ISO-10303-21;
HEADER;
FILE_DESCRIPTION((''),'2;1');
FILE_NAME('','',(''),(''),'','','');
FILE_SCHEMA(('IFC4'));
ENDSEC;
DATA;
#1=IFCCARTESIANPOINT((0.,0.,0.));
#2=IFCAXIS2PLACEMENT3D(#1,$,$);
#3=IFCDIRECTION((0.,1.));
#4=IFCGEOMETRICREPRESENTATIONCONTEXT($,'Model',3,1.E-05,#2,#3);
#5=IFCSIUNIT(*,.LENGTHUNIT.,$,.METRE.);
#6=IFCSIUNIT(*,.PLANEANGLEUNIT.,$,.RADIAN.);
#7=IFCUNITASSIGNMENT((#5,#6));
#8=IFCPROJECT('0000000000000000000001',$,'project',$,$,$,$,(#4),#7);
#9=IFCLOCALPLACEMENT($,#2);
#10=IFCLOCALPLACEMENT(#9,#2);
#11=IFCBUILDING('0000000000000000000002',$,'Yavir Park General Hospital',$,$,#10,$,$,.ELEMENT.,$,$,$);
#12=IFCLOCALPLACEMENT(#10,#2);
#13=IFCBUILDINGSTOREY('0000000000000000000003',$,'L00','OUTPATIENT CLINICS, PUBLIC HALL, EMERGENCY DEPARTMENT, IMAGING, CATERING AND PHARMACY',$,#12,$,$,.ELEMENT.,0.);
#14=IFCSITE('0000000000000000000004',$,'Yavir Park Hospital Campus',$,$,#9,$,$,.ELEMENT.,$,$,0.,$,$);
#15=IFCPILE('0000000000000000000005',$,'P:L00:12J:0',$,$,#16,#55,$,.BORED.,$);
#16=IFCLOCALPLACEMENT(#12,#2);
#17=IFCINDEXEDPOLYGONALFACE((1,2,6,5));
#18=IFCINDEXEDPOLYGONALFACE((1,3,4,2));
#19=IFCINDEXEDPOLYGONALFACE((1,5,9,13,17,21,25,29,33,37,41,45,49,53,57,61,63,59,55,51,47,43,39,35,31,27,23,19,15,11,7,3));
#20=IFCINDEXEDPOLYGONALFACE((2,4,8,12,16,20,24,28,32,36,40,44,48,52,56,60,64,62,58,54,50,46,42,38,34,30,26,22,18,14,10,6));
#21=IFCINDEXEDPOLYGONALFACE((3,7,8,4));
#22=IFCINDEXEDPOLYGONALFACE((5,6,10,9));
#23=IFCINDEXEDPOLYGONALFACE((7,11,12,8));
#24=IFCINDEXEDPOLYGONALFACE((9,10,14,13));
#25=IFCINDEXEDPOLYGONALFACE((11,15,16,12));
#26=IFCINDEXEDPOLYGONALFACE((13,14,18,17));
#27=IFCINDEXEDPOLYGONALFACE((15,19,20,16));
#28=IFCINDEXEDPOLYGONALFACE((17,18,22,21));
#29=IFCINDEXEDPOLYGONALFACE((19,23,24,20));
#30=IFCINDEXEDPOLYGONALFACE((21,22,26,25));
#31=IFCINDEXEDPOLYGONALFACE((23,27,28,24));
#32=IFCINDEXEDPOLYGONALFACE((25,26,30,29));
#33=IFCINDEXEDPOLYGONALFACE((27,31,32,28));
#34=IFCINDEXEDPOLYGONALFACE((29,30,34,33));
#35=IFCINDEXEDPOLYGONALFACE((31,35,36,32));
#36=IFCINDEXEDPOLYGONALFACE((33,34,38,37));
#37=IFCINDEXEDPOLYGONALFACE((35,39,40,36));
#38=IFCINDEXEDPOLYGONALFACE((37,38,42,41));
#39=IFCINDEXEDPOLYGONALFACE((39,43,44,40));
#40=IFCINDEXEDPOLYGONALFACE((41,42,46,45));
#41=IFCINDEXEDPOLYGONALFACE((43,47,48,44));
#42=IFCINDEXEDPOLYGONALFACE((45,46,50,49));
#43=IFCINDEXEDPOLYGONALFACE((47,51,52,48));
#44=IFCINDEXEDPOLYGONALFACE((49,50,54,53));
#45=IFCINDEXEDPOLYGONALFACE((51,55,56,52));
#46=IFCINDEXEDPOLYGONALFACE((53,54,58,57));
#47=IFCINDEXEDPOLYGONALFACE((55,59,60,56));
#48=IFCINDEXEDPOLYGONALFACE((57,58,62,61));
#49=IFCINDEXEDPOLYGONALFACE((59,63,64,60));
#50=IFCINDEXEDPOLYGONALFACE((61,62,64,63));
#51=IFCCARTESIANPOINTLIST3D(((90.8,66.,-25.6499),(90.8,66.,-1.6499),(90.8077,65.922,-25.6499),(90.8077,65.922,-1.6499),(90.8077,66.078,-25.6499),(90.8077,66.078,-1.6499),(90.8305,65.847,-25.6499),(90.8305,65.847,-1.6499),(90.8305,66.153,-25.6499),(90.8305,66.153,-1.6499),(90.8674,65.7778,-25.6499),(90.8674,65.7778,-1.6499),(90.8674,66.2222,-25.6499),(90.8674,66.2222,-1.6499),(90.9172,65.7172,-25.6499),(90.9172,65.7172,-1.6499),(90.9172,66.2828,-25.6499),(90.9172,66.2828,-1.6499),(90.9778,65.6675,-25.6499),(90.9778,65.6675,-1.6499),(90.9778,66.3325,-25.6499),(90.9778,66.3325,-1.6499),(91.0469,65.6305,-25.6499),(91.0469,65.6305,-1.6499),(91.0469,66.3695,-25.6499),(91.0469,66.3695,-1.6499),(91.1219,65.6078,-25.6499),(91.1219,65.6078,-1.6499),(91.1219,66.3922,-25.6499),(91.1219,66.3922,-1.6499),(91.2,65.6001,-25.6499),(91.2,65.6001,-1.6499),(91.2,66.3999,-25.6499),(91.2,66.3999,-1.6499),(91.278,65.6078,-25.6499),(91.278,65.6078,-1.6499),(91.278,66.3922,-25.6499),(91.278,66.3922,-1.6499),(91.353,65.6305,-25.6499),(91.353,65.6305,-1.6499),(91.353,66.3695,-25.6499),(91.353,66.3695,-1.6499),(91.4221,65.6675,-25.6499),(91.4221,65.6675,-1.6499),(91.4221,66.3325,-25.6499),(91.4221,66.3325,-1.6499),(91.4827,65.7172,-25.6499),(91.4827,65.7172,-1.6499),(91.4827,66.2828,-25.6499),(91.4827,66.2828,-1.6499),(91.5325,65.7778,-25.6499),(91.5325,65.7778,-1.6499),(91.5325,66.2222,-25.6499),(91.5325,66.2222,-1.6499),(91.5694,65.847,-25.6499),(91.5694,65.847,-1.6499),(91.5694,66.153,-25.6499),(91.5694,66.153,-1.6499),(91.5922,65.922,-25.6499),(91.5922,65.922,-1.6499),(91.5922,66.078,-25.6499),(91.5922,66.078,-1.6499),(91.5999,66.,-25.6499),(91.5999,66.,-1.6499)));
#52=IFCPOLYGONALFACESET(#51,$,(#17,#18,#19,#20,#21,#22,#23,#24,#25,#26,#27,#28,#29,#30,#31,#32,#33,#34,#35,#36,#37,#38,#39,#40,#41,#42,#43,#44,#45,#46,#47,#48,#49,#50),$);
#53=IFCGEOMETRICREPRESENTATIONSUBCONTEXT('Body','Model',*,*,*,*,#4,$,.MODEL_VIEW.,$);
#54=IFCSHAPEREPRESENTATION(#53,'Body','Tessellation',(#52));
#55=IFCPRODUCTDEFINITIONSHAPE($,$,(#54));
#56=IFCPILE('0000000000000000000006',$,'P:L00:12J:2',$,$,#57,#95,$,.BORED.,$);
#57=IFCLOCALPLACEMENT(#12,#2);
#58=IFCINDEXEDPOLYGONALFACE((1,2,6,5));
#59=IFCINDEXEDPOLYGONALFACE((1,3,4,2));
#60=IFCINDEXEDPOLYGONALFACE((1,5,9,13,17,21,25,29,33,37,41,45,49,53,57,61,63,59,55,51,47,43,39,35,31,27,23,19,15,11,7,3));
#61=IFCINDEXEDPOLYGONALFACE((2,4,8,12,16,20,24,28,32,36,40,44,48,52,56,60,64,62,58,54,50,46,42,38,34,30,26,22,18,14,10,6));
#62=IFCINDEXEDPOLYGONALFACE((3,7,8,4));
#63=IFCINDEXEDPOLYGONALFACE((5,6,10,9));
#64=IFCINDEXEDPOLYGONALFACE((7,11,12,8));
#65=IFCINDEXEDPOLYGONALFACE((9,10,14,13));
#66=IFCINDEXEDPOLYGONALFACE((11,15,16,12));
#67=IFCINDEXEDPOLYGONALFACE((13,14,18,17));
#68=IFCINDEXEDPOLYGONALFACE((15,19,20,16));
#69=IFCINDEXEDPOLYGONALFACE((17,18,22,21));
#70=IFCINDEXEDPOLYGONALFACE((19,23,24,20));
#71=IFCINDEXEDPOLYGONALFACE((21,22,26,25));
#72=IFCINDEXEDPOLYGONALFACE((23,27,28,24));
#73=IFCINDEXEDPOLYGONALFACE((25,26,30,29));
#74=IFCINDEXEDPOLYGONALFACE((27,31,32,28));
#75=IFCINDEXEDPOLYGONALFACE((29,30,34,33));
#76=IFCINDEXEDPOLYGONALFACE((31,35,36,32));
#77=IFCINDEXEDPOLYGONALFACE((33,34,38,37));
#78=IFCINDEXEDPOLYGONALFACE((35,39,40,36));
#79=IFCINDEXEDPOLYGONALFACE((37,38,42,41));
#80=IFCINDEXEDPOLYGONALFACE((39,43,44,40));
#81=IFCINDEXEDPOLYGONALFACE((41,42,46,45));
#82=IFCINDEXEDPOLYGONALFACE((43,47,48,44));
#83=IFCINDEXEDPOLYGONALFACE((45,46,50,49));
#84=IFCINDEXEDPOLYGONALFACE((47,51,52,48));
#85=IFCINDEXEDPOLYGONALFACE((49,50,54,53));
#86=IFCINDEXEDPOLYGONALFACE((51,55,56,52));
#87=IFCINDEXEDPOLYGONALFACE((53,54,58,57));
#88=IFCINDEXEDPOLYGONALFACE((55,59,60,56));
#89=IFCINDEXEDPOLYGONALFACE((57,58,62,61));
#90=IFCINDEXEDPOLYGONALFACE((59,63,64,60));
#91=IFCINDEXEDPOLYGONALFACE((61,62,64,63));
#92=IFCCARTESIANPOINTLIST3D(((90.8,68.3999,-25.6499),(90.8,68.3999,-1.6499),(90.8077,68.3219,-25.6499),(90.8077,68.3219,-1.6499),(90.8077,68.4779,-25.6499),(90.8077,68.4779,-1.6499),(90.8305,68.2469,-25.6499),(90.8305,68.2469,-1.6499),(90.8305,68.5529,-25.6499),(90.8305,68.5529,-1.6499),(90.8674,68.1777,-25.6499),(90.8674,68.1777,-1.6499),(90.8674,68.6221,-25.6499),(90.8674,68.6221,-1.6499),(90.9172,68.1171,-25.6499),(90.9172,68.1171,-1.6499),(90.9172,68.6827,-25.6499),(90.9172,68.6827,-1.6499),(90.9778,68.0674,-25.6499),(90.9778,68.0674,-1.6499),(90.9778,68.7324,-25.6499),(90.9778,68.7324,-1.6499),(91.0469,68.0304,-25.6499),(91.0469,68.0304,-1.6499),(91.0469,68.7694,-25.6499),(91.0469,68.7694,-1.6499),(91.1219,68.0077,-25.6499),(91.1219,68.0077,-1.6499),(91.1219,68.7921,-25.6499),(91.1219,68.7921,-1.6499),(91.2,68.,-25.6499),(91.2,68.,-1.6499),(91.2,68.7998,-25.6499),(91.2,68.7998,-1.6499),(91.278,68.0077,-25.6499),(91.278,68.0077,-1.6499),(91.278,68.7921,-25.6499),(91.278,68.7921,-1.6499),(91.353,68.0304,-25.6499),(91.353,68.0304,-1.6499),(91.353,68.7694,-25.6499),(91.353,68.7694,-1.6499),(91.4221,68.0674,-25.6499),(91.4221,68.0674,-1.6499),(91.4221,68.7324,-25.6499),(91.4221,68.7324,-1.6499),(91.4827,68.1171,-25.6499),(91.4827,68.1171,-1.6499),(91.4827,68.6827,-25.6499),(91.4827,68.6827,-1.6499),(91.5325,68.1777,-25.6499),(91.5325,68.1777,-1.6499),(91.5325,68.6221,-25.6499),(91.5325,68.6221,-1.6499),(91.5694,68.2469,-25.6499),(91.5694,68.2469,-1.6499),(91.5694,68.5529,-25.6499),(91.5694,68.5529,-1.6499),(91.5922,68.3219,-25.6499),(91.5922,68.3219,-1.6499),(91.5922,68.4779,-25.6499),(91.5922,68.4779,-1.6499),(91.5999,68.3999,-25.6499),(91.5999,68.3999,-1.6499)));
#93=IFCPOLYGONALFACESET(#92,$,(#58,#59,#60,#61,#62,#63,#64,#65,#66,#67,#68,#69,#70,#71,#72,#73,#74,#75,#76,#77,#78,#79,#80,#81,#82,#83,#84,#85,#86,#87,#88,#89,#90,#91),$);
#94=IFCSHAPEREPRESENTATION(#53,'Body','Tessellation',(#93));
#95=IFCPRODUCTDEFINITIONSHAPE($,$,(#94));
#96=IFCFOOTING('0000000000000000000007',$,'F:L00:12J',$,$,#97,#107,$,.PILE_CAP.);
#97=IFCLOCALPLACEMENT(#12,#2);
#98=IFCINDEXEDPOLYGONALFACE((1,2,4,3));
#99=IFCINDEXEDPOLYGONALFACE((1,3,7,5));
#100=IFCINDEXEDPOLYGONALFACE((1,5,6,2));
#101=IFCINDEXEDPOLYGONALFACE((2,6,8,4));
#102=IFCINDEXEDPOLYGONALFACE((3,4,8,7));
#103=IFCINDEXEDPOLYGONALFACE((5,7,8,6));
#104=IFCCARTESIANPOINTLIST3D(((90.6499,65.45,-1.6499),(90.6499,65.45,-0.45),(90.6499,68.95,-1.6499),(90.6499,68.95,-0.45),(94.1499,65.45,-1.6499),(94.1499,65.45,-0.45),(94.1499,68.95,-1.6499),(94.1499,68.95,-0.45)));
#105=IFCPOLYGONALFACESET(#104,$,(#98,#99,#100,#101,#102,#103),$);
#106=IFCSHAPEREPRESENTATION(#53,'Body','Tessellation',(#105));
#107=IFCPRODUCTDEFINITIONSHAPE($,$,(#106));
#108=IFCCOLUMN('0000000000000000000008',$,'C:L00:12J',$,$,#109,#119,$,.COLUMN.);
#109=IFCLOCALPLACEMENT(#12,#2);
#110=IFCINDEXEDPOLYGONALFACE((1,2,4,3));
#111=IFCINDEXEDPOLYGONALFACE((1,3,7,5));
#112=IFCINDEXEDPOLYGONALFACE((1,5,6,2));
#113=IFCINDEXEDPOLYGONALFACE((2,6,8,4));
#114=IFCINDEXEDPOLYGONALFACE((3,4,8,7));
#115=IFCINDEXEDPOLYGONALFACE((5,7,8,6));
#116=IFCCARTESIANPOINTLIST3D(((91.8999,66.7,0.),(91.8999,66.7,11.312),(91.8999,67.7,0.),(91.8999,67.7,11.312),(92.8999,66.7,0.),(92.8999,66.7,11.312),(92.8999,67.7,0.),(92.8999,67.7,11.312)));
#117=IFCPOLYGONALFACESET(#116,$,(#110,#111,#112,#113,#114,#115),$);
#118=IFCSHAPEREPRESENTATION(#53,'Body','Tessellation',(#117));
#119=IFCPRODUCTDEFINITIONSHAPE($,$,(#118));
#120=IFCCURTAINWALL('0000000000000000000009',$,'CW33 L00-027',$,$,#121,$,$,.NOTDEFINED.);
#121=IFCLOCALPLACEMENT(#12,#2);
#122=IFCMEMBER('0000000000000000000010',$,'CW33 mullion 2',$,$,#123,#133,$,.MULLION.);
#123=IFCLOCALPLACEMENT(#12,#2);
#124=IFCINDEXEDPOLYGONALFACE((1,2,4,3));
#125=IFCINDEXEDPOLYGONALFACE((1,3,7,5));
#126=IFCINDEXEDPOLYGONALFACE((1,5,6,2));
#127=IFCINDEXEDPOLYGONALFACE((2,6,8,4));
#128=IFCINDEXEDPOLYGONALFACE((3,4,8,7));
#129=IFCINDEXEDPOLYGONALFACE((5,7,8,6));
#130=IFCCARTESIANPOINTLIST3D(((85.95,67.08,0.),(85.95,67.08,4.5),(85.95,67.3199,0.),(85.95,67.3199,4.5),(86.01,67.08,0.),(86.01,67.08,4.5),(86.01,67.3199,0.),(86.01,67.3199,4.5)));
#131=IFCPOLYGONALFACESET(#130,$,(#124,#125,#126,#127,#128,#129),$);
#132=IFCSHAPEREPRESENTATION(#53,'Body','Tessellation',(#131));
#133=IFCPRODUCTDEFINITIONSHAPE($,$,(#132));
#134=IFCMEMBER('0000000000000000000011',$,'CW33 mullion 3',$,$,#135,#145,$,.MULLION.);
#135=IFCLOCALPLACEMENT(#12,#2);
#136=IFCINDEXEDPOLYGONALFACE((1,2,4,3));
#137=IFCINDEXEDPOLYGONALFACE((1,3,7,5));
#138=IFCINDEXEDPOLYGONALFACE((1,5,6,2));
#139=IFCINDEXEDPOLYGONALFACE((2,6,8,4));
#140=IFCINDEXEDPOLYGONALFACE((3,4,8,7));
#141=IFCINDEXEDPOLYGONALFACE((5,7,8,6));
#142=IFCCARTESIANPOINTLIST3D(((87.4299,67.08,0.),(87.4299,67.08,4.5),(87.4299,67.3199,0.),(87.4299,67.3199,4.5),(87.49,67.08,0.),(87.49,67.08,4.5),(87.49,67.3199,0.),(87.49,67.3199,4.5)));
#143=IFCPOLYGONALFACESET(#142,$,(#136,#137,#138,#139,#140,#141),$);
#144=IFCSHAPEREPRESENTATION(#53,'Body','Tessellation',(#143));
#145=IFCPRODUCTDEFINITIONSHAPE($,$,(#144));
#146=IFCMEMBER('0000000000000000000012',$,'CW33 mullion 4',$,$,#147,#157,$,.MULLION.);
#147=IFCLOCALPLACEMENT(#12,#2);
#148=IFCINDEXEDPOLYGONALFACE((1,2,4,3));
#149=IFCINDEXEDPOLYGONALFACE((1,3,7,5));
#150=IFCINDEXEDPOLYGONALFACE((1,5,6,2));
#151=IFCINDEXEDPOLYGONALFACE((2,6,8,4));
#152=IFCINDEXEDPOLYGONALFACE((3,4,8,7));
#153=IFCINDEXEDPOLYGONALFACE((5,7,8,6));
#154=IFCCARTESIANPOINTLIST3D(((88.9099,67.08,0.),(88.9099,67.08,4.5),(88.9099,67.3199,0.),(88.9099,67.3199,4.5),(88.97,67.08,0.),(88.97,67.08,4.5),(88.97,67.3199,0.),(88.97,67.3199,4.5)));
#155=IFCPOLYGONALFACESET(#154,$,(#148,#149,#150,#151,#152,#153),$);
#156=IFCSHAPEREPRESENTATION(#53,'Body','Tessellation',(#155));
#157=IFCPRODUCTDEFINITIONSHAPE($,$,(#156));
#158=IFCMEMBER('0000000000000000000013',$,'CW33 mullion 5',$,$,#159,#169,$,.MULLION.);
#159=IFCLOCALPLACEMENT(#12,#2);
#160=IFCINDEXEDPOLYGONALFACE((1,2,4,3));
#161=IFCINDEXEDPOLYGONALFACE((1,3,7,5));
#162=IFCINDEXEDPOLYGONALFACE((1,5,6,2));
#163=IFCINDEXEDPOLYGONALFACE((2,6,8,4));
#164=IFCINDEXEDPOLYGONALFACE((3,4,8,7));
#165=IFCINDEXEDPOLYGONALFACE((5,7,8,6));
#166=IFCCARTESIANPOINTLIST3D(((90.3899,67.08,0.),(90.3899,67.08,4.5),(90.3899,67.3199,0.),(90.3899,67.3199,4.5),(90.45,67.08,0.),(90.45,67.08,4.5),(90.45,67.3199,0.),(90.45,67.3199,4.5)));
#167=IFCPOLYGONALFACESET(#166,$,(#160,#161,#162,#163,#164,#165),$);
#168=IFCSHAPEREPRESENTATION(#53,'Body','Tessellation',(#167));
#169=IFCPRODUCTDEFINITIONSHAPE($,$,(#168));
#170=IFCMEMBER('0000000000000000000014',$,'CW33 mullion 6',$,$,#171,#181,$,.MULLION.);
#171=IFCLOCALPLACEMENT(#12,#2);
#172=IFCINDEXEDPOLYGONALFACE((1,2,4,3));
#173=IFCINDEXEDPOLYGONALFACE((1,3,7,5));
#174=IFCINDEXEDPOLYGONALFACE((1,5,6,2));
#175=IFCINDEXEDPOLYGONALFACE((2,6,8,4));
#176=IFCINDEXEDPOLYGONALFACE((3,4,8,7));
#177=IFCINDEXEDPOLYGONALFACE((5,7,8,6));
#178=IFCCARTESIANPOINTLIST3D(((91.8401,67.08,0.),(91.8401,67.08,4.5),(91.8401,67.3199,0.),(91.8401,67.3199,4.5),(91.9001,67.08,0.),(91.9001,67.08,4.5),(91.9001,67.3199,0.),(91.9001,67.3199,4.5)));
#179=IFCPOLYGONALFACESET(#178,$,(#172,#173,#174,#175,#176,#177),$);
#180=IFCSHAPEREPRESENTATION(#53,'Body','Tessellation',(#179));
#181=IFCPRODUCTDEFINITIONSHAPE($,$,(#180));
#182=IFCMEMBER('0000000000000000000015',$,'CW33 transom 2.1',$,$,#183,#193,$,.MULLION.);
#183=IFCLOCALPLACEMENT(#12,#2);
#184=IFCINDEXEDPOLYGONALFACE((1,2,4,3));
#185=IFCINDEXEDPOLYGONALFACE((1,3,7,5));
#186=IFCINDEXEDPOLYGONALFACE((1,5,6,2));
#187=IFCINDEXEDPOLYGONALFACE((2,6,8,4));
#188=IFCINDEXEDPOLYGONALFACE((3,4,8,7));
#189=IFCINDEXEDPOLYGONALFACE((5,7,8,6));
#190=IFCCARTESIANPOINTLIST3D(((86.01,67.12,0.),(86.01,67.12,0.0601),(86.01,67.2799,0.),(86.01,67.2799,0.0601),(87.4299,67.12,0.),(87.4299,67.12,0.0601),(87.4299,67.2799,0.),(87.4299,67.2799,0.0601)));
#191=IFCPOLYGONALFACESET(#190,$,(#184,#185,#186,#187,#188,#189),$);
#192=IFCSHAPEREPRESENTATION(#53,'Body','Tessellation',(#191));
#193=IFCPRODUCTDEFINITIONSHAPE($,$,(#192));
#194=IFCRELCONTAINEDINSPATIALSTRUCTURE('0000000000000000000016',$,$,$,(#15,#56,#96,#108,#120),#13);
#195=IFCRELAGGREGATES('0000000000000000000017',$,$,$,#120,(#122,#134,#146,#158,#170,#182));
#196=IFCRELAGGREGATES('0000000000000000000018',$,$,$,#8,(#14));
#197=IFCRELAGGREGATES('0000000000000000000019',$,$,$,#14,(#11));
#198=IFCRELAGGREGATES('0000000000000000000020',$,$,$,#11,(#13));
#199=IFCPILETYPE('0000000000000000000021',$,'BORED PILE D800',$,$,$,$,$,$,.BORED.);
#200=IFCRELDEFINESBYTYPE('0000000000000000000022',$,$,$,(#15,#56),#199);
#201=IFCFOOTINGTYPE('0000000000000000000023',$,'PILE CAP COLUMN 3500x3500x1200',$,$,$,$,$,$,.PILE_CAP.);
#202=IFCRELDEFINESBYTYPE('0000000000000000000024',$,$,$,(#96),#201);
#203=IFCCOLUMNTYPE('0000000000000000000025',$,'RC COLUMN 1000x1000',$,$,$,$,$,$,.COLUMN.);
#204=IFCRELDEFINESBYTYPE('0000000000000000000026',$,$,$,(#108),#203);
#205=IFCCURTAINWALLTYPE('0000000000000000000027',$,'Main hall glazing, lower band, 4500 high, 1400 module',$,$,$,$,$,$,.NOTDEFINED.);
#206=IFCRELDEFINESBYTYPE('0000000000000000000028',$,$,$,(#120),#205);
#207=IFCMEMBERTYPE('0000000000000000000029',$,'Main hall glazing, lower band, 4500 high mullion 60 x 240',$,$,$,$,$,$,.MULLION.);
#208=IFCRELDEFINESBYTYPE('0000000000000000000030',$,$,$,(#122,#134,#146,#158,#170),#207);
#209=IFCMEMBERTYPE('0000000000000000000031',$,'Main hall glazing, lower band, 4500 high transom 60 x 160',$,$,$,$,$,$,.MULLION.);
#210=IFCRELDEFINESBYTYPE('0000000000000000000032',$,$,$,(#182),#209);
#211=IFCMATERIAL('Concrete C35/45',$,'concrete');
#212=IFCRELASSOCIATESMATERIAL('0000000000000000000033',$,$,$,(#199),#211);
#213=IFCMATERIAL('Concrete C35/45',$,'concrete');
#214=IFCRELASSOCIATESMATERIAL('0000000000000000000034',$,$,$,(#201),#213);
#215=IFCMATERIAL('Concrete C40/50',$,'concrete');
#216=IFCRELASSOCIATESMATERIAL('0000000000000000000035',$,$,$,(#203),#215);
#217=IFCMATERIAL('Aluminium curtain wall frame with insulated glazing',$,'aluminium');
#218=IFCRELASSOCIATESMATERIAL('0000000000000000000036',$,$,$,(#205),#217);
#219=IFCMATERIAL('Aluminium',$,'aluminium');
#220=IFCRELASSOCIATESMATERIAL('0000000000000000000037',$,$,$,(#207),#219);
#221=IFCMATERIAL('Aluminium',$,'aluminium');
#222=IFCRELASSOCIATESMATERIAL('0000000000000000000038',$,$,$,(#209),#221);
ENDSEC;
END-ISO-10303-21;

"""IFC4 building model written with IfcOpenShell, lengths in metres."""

from ifc_helpers import new_model, si_unit, direction, frame, origin, origin_2d, place, context, subcontext, project, spatial, rectangle, circle, extrude, material, material_profile, profile_set, type_object, element, aggregate, save


model = new_model("IFC4")

# Units and contexts
model_context = context("Model", 3, precision=1e-05, world=origin(), true_north=direction((0.0, 1.0)))
body_context = subcontext(model_context, "Body", "Model", "MODEL_VIEW")
ifc_project = project(units=[si_unit("LENGTHUNIT", "METRE"), si_unit("PLANEANGLEUNIT", "RADIAN")], contexts=[model_context])

# Site, building, storey
site_placement = place(None, origin())
site = spatial("IfcSite", under=ifc_project, at=site_placement, Name="Yavir Park Hospital Campus", CompositionType="ELEMENT", RefElevation=0.0)
building_placement = place(site_placement, origin())
building = spatial("IfcBuilding", under=site, at=building_placement, Name="Yavir Park General Hospital", CompositionType="ELEMENT")
storey_placement = place(building_placement, origin())
storey = spatial("IfcBuildingStorey", under=building, at=storey_placement, Name="L00", Description="OUTPATIENT CLINICS, PUBLIC HALL, EMERGENCY DEPARTMENT, IMAGING, CATERING AND PHARMACY", CompositionType="ELEMENT", Elevation=0.0)

# Piles
ifc_material_1 = material(Name="Concrete C35/45", Category="concrete")
ifc_material_profile_1 = material_profile(ifc_material_1, circle(Radius=0.3999, at=origin_2d()), Name="D800")
ifc_profile_set_1 = profile_set([ifc_material_profile_1], Name="Concrete C35/45")
pile_type = type_object("IfcPileType", Name="BORED PILE D800", PredefinedType="BORED", material=ifc_profile_set_1)
for number, where, z_axis, x_axis, name in (
    (1, (91.2, 66.0, -1.6499), (0.0, 0.0, -1.0), (1.0, 0.0, 0.0), "P:L00:12J:0"),
    (2, (91.2, 68.3999, -1.6499), (0.0, 0.0, -1.0), (1.0, 0.0, 0.0), "P:L00:12J:2"),
):
    element("IfcPile", number, at=place(storey_placement, frame(where, z_axis=z_axis, x_axis=x_axis)), inside=storey, type_object=pile_type, Name=name, PredefinedType="BORED", context=body_context, shape_type="SweptSolid", body=[
        extrude(circle(Radius=0.3999, at=origin_2d()), origin(), (0.0, 0.0, 1.0), 24.0),
    ])

# Footing
ifc_material_2 = material(Name="Concrete C35/45", Category="concrete")
footing_type = type_object("IfcFootingType", Name="PILE CAP COLUMN 3500x3500x1200", PredefinedType="PILE_CAP", material=ifc_material_2)
footing_placement = place(storey_placement, frame((92.3999, 67.2, -1.6499), z_axis=(0.0, 0.0, 1.0), x_axis=(1.0, 0.0, 0.0)))
element("IfcFooting", 3, at=footing_placement, inside=storey, type_object=footing_type, Name="F:L00:12J", PredefinedType="PILE_CAP", context=body_context, shape_type="SweptSolid", body=[
    extrude(rectangle(XDim=3.5, YDim=3.5, at=origin_2d()), origin(), (0.0, 0.0, 1.0), 1.2),
])

# Column
ifc_material_3 = material(Name="Concrete C40/50", Category="concrete")
ifc_material_profile_2 = material_profile(ifc_material_3, rectangle(XDim=1.0, YDim=1.0, at=origin_2d()), Name="RC1000x1000")
ifc_profile_set_2 = profile_set([ifc_material_profile_2], Name="Concrete C40/50")
column_type = type_object("IfcColumnType", Name="RC COLUMN 1000x1000", PredefinedType="COLUMN", material=ifc_profile_set_2)
column_placement = place(storey_placement, frame((92.3999, 67.2, 0.0), z_axis=(0.0, 0.0, 1.0), x_axis=(1.0, 0.0, 0.0)))
element("IfcColumn", 4, at=column_placement, inside=storey, type_object=column_type, Name="C:L00:12J", PredefinedType="COLUMN", context=body_context, shape_type="SweptSolid", body=[
    extrude(rectangle(XDim=1.0, YDim=1.0, at=origin_2d()), origin(), (0.0, 0.0, 1.0), 11.312),
])

# Curtain wall, members
ifc_material_4 = material(Name="Aluminium curtain wall frame with insulated glazing", Category="aluminium")
curtain_wall_type = type_object("IfcCurtainWallType", Name="Main hall glazing, lower band, 4500 high, 1400 module", PredefinedType="NOTDEFINED", material=ifc_material_4)
curtain_wall_placement = place(storey_placement, origin())
curtain_wall = element("IfcCurtainWall", 5, at=curtain_wall_placement, inside=storey, type_object=curtain_wall_type, Name="CW33 L00-027", PredefinedType="NOTDEFINED")
ifc_material_5 = material(Name="Aluminium", Category="aluminium")
ifc_material_profile_3 = material_profile(ifc_material_5, rectangle(XDim=0.24, YDim=0.0601, at=origin_2d()), Name="AL 60x240")
ifc_profile_set_3 = profile_set([ifc_material_profile_3], Name="Aluminium")
member_type_1 = type_object("IfcMemberType", Name="Main hall glazing, lower band, 4500 high mullion 60 x 240", PredefinedType="MULLION", material=ifc_profile_set_3)
member_1_placement = place(storey_placement, frame((85.98, 67.2, 0.0), z_axis=(0.0, 0.0, 1.0), x_axis=(0.0, 1.0, 0.0)))
member_1 = element("IfcMember", 6, at=member_1_placement, type_object=member_type_1, Name="CW33 mullion 2", PredefinedType="MULLION", context=body_context, shape_type="SweptSolid", body=[
    extrude(rectangle(XDim=0.24, YDim=0.0601, at=origin_2d()), origin(), (0.0, 0.0, 1.0), 4.5),
])
member_2_placement = place(storey_placement, frame((87.46, 67.2, 0.0), z_axis=(0.0, 0.0, 1.0), x_axis=(0.0, 1.0, 0.0)))
member_2 = element("IfcMember", 7, at=member_2_placement, type_object=member_type_1, Name="CW33 mullion 3", PredefinedType="MULLION", context=body_context, shape_type="SweptSolid", body=[
    extrude(rectangle(XDim=0.24, YDim=0.0601, at=origin_2d()), origin(), (0.0, 0.0, 1.0), 4.5),
])
member_3_placement = place(storey_placement, frame((88.9399, 67.2, 0.0), z_axis=(0.0, 0.0, 1.0), x_axis=(0.0, 1.0, 0.0)))
member_3 = element("IfcMember", 8, at=member_3_placement, type_object=member_type_1, Name="CW33 mullion 4", PredefinedType="MULLION", context=body_context, shape_type="SweptSolid", body=[
    extrude(rectangle(XDim=0.24, YDim=0.0601, at=origin_2d()), origin(), (0.0, 0.0, 1.0), 4.5),
])
member_4_placement = place(storey_placement, frame((90.4199, 67.2, 0.0), z_axis=(0.0, 0.0, 1.0), x_axis=(0.0, 1.0, 0.0)))
member_4 = element("IfcMember", 9, at=member_4_placement, type_object=member_type_1, Name="CW33 mullion 5", PredefinedType="MULLION", context=body_context, shape_type="SweptSolid", body=[
    extrude(rectangle(XDim=0.24, YDim=0.0601, at=origin_2d()), origin(), (0.0, 0.0, 1.0), 4.5),
])
member_5_placement = place(storey_placement, frame((91.8701, 67.2, 0.0), z_axis=(0.0, 0.0, 1.0), x_axis=(0.0, 1.0, 0.0)))
member_5 = element("IfcMember", 10, at=member_5_placement, type_object=member_type_1, Name="CW33 mullion 6", PredefinedType="MULLION", context=body_context, shape_type="SweptSolid", body=[
    extrude(rectangle(XDim=0.24, YDim=0.0601, at=origin_2d()), origin(), (0.0, 0.0, 1.0), 4.5),
])
ifc_material_6 = material(Name="Aluminium", Category="aluminium")
ifc_material_profile_4 = material_profile(ifc_material_6, rectangle(XDim=0.1599, YDim=0.0601, at=origin_2d()), Name="AL 160x60")
ifc_profile_set_4 = profile_set([ifc_material_profile_4], Name="Aluminium")
member_type_2 = type_object("IfcMemberType", Name="Main hall glazing, lower band, 4500 high transom 60 x 160", PredefinedType="MULLION", material=ifc_profile_set_4)
member_6_placement = place(storey_placement, frame((86.01, 67.2, 0.03), z_axis=(1.0, 0.0, 0.0), x_axis=(0.0, 1.0, 0.0)))
member_6 = element("IfcMember", 11, at=member_6_placement, type_object=member_type_2, Name="CW33 transom 2.1", PredefinedType="MULLION", context=body_context, shape_type="SweptSolid", body=[
    extrude(rectangle(XDim=0.1599, YDim=0.0601, at=origin_2d()), origin(), (0.0, 0.0, 1.0), 1.4199),
])

aggregate(curtain_wall, [member_1, member_2, member_3, member_4, member_5, member_6])

save(model, "model.ifc")
